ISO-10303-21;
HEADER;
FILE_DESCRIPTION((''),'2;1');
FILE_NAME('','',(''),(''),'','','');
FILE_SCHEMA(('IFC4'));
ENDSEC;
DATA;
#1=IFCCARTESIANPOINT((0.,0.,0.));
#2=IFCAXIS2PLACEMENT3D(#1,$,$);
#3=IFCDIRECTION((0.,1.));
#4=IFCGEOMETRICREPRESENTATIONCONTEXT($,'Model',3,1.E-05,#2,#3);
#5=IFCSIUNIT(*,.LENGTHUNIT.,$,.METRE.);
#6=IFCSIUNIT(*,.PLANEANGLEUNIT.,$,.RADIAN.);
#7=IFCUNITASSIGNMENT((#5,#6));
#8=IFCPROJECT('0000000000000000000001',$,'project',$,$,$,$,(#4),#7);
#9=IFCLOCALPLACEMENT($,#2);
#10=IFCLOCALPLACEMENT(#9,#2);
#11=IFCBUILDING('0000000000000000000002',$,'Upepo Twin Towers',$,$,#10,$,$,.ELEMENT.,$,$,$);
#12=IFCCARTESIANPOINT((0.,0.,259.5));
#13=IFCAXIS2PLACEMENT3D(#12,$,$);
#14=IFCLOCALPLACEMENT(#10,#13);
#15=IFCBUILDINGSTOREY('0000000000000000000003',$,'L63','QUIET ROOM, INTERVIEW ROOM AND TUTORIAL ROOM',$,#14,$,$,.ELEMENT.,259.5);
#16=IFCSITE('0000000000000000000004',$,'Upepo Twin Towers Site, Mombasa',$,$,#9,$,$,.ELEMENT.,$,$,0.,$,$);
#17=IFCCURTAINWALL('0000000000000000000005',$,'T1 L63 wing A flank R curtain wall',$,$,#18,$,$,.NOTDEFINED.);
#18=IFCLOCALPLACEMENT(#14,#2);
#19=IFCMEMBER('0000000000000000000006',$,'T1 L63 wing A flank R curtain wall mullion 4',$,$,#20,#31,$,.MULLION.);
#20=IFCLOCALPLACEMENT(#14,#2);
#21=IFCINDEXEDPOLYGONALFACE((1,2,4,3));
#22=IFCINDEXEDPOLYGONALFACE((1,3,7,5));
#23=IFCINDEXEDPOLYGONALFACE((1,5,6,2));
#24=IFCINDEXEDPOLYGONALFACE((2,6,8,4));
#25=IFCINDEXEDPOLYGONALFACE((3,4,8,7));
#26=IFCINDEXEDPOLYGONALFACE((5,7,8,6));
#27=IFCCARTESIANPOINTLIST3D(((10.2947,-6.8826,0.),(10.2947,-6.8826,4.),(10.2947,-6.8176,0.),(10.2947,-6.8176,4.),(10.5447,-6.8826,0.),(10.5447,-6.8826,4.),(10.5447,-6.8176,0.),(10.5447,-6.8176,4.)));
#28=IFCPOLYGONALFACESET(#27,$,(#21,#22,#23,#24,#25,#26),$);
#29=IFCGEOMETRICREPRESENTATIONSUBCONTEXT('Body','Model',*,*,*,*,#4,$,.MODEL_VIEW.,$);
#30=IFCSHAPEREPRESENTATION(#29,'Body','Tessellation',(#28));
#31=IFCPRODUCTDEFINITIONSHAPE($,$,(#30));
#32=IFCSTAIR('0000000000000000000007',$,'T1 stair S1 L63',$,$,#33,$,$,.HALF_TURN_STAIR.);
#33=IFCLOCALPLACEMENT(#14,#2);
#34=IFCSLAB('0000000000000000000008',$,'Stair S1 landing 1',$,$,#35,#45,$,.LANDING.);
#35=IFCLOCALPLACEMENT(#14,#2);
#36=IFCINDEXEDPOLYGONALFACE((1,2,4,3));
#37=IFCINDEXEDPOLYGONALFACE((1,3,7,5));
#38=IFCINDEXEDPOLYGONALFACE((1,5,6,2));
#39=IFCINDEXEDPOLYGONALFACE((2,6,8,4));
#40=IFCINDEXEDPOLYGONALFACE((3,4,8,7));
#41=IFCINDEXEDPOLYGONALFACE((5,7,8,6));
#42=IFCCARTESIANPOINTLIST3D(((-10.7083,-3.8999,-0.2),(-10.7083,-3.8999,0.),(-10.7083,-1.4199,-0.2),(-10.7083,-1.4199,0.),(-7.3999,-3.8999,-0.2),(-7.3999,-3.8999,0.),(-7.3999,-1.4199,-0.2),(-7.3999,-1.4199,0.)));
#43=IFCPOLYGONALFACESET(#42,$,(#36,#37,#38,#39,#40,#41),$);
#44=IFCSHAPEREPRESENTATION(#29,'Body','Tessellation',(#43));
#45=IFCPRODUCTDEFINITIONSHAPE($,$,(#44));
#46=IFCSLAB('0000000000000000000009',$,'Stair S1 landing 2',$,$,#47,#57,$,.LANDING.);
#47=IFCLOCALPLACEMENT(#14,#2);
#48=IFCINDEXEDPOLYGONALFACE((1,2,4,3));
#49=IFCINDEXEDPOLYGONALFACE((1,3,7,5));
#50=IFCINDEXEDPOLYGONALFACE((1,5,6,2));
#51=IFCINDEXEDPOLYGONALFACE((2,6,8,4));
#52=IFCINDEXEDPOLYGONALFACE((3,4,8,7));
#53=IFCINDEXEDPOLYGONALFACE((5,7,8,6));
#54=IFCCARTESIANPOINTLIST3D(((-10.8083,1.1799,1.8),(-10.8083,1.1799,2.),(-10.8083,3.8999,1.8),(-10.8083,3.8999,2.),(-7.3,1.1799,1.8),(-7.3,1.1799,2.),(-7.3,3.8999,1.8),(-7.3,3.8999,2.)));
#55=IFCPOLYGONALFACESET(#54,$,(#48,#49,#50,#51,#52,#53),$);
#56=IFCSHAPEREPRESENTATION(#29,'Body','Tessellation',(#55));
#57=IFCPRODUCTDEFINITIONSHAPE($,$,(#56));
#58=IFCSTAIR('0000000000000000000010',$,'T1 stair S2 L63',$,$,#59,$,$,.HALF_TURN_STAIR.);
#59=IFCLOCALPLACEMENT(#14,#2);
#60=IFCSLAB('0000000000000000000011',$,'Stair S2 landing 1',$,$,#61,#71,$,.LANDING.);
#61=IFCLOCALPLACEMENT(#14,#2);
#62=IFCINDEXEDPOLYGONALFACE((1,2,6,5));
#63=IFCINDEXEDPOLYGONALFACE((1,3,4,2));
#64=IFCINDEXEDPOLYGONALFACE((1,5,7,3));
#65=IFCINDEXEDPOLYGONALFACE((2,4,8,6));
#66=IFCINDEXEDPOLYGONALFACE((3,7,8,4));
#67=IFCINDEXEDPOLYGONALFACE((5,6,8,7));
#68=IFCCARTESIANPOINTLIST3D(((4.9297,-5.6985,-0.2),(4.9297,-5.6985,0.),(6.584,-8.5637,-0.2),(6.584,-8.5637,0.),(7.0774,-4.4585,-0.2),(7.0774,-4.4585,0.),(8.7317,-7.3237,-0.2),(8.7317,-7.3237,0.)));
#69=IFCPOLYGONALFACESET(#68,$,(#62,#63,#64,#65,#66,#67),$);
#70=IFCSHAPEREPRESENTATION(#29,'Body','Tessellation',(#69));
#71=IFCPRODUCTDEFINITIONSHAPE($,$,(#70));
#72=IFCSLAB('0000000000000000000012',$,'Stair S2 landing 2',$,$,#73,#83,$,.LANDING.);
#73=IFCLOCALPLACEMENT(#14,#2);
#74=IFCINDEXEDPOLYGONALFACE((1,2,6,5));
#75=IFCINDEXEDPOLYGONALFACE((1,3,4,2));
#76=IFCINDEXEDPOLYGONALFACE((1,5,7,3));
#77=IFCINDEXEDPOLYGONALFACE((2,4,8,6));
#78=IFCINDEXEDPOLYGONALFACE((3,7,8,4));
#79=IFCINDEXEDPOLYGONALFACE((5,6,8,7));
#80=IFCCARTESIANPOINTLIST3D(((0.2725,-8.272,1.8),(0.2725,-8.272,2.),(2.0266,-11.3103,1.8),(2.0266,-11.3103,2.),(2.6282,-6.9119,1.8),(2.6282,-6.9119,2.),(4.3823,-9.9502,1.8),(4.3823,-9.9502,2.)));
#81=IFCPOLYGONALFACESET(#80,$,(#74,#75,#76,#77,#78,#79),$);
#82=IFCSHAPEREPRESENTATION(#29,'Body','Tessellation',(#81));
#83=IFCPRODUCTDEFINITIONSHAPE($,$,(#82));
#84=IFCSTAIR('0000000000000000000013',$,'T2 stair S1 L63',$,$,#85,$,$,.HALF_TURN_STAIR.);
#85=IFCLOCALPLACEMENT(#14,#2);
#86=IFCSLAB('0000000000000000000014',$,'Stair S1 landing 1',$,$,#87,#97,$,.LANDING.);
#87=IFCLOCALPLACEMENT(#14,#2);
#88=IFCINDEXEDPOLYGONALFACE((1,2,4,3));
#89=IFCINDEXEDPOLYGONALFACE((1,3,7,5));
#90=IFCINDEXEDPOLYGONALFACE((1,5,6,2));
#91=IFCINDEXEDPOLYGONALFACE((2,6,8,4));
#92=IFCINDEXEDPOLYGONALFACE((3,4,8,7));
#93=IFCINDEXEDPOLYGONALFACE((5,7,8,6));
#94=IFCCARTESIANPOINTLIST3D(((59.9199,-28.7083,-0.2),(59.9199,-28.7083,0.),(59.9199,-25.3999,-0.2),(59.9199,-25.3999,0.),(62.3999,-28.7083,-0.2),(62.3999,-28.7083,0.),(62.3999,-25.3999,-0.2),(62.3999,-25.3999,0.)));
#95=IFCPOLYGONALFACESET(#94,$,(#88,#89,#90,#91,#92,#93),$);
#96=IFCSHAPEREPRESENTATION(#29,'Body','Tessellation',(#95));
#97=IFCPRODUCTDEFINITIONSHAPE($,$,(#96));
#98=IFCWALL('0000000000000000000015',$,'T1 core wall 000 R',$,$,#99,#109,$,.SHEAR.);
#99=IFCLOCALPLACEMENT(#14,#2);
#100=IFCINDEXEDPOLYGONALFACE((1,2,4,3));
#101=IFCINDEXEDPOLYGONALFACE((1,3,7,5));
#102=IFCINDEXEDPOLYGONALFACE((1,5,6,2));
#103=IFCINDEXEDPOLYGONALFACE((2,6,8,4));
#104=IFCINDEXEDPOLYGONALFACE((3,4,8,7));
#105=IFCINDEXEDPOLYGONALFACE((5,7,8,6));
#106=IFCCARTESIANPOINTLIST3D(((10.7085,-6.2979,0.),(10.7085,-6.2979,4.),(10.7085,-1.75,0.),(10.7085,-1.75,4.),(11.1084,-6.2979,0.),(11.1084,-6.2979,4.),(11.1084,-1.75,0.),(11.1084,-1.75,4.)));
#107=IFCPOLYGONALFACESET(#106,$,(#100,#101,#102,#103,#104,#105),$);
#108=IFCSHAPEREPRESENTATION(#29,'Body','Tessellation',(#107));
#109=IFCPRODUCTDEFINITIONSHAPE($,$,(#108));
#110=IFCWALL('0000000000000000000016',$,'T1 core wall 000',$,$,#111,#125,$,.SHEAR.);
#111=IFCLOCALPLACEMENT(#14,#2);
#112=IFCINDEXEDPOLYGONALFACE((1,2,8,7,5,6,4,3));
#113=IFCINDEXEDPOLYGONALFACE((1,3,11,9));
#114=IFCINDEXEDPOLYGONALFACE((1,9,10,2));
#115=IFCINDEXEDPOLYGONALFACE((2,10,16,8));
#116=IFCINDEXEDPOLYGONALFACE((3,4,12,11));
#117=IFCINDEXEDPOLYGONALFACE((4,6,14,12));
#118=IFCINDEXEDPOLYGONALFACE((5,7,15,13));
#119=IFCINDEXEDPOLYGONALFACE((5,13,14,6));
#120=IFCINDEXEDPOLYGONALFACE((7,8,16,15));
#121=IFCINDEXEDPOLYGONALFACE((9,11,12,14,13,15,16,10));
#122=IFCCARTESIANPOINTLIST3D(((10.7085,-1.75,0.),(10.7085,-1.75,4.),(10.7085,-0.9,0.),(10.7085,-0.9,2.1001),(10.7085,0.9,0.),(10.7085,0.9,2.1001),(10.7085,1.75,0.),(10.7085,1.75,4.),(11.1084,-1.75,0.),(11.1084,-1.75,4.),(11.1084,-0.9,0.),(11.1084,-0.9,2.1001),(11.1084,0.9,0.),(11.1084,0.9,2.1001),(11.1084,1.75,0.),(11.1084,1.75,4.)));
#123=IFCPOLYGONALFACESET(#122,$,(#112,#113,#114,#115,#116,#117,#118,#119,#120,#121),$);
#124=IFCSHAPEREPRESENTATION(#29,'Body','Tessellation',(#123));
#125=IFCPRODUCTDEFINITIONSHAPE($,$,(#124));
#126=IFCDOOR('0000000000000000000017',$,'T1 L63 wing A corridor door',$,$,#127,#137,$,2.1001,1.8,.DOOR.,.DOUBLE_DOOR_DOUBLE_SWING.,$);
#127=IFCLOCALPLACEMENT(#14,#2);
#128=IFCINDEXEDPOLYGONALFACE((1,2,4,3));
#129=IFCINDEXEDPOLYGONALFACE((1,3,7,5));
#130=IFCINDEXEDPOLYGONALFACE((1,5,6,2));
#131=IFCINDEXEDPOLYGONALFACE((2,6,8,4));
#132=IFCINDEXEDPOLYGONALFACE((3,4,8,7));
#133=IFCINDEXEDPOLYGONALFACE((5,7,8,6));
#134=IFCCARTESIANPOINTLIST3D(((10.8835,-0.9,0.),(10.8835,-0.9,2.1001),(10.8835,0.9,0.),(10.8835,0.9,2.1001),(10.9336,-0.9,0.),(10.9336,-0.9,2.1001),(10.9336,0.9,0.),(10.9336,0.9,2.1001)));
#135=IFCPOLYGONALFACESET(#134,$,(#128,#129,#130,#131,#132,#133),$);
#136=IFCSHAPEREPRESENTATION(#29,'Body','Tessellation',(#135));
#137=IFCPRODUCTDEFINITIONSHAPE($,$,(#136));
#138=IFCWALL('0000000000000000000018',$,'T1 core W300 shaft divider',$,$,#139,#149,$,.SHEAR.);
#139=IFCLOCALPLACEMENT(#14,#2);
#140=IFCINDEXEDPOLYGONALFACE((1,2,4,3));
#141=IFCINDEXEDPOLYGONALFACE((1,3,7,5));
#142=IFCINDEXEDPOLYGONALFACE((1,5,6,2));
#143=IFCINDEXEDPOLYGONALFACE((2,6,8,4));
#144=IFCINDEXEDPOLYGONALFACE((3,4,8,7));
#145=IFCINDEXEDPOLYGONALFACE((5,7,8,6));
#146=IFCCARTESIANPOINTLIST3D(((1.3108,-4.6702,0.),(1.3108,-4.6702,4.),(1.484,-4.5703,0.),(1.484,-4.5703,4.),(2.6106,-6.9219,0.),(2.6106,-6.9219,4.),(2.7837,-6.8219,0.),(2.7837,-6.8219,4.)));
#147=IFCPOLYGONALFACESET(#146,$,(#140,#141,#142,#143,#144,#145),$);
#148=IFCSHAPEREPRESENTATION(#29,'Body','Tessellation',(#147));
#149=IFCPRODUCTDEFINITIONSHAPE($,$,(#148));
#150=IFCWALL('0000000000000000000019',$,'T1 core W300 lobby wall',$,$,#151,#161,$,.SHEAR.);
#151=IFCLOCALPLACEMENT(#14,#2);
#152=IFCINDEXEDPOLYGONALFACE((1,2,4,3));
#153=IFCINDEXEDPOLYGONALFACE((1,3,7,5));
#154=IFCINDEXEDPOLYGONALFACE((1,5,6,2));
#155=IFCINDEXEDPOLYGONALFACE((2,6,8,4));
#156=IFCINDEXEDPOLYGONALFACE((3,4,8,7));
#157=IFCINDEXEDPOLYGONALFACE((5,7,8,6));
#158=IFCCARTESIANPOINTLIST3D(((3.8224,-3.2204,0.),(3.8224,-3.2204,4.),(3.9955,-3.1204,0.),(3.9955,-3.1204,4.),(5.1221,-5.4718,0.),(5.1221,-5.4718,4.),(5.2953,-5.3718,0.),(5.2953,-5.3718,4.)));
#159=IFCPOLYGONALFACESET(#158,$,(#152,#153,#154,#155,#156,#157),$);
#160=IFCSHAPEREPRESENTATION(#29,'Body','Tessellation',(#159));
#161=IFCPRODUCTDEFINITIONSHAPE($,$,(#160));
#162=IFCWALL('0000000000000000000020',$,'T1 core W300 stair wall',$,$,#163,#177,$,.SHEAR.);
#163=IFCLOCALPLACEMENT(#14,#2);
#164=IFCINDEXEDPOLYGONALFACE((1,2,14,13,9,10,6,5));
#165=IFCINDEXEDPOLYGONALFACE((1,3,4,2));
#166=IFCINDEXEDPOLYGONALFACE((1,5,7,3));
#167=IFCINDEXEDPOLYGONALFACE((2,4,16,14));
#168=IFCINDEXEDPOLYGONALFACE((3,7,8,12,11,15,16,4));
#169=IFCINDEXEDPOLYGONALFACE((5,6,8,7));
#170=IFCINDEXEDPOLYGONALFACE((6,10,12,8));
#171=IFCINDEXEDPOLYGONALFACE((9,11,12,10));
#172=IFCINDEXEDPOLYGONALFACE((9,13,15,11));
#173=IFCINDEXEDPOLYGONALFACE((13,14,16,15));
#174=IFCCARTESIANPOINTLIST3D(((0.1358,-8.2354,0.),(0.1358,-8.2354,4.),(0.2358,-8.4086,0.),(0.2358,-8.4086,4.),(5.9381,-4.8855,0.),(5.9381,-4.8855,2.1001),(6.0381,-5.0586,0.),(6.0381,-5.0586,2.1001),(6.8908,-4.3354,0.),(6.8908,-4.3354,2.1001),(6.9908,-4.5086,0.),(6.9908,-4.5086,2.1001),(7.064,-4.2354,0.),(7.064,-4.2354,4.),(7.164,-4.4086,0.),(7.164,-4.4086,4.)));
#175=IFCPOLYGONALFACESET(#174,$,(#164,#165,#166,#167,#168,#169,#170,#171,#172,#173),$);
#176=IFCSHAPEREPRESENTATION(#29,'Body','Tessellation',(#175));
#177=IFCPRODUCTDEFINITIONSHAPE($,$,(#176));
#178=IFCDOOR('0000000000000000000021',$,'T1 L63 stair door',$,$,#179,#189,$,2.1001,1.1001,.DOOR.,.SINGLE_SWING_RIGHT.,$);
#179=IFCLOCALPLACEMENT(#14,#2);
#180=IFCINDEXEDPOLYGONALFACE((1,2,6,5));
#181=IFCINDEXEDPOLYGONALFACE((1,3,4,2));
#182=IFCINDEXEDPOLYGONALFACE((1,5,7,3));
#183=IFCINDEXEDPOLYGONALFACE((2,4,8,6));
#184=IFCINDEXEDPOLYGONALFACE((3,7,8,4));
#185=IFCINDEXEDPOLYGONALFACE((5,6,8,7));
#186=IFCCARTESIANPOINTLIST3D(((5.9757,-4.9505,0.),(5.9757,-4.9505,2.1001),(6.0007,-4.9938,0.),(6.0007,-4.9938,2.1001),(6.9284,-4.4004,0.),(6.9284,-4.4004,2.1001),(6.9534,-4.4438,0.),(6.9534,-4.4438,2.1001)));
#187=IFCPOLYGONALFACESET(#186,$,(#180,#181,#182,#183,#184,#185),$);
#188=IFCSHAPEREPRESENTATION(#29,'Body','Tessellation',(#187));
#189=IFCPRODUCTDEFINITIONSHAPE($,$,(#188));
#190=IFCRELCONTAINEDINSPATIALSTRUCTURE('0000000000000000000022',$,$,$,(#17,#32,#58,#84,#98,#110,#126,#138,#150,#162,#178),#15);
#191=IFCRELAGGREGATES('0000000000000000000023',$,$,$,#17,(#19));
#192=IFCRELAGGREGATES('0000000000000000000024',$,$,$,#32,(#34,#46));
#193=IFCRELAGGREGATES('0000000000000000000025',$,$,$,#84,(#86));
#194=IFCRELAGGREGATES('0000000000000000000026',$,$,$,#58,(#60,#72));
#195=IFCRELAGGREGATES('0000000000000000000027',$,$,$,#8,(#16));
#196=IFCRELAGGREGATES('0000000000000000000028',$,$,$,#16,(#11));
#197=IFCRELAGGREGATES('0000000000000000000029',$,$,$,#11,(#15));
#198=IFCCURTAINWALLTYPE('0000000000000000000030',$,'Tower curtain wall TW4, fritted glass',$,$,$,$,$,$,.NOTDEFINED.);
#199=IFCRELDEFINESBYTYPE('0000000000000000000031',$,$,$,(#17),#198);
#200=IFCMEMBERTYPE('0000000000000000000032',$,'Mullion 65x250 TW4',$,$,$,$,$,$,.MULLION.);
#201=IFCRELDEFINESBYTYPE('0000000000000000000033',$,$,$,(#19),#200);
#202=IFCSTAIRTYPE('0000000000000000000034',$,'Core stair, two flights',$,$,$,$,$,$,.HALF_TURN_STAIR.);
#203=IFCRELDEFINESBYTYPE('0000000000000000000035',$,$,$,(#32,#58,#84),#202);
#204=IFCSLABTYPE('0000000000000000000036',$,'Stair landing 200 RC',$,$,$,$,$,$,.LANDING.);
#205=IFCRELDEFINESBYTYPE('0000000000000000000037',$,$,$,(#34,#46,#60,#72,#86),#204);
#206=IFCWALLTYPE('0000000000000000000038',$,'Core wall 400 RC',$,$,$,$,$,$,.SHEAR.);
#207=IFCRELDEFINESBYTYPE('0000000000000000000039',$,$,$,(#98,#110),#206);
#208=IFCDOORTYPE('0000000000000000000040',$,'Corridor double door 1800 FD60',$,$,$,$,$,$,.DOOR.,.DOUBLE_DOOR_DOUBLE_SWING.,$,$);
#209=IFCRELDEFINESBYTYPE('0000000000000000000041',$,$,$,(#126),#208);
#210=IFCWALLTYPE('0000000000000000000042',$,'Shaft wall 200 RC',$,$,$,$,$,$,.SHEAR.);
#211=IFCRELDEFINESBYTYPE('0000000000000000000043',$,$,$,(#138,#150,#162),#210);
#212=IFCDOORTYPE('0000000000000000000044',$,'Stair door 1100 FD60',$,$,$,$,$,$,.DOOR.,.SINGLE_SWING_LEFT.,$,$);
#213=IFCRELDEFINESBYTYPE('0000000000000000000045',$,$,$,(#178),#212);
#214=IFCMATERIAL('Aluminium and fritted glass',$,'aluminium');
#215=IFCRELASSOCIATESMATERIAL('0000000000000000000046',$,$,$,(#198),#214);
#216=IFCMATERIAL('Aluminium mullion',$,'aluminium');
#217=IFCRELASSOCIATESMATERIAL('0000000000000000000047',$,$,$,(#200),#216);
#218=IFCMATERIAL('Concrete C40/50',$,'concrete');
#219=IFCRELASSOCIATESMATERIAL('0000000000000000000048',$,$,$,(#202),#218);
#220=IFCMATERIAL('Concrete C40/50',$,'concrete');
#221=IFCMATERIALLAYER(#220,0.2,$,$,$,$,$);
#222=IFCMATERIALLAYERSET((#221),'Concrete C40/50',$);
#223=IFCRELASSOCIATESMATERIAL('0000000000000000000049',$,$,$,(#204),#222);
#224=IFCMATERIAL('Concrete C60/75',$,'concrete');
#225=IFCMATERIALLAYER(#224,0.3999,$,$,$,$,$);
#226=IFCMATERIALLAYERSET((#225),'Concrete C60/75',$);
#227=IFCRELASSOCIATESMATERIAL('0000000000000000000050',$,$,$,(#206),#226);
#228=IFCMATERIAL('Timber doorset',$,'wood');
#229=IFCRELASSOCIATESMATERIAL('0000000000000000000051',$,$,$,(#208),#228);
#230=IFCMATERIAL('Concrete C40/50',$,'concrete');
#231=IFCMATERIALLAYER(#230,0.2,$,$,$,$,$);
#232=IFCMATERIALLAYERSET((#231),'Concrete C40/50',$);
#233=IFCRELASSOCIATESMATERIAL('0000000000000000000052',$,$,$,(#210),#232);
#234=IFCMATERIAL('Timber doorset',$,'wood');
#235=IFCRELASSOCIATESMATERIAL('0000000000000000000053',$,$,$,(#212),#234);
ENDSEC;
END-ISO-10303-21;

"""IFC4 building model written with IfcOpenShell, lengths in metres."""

from ifc_helpers import new_model, si_unit, direction, frame, frame_2d, origin, origin_2d, place, context, subcontext, project, spatial, polyline, rectangle, outline, extrude, material, layer, layer_set, material_profile, profile_set, type_object, element, fill, aggregate, save


model = new_model("IFC4")

# Units and contexts
model_context = context("Model", 3, precision=1e-05, world=origin(), true_north=direction((0.0, 1.0)))
body_context = subcontext(model_context, "Body", "Model", "MODEL_VIEW")
ifc_project = project(units=[si_unit("LENGTHUNIT", "METRE"), si_unit("PLANEANGLEUNIT", "RADIAN")], contexts=[model_context])

# Site, building, storey
site_placement = place(None, origin())
site = spatial("IfcSite", under=ifc_project, at=site_placement, Name="Upepo Twin Towers Site, Mombasa", CompositionType="ELEMENT", RefElevation=0.0)
building_placement = place(site_placement, origin())
building = spatial("IfcBuilding", under=site, at=building_placement, Name="Upepo Twin Towers", CompositionType="ELEMENT")
storey_placement = place(building_placement, frame((0.0, 0.0, 259.5)))
storey = spatial("IfcBuildingStorey", under=building, at=storey_placement, Name="L63", Description="QUIET ROOM, INTERVIEW ROOM AND TUTORIAL ROOM", CompositionType="ELEMENT", Elevation=259.5)

# Curtain wall, member
ifc_material_1 = material(Name="Aluminium and fritted glass", Category="aluminium")
curtain_wall_type = type_object("IfcCurtainWallType", Name="Tower curtain wall TW4, fritted glass", PredefinedType="NOTDEFINED", material=ifc_material_1)
curtain_wall_placement = place(storey_placement, origin())
curtain_wall = element("IfcCurtainWall", 1, at=curtain_wall_placement, inside=storey, type_object=curtain_wall_type, Name="T1 L63 wing A flank R curtain wall", PredefinedType="NOTDEFINED")
ifc_material_2 = material(Name="Aluminium mullion", Category="aluminium")
ifc_material_profile = material_profile(ifc_material_2, rectangle(XDim=0.0649, YDim=0.25, at=origin_2d()), Name="MULLION 65x250")
ifc_profile_set = profile_set([ifc_material_profile], Name="Aluminium mullion")
member_type = type_object("IfcMemberType", Name="Mullion 65x250 TW4", PredefinedType="MULLION", material=ifc_profile_set)
member_placement = place(storey_placement, frame((10.4197, -6.8501, 0.0), z_axis=(0.0, 0.0, 1.0), x_axis=(0.0, -1.0, 0.0)))
member = element("IfcMember", 2, at=member_placement, type_object=member_type, Name="T1 L63 wing A flank R curtain wall mullion 4", PredefinedType="MULLION", context=body_context, shape_type="SweptSolid", body=[
    extrude(rectangle(XDim=0.0649, YDim=0.25, at=origin_2d()), origin(), (0.0, 0.0, 1.0), 4.0),
])
aggregate(curtain_wall, [member])

# Stairs, slabs
ifc_material_3 = material(Name="Concrete C40/50", Category="concrete")
stair_type = type_object("IfcStairType", Name="Core stair, two flights", PredefinedType="HALF_TURN_STAIR", material=ifc_material_3)
stair_1_placement = place(storey_placement, origin())
stair_1 = element("IfcStair", 3, at=stair_1_placement, inside=storey, type_object=stair_type, Name="T1 stair S1 L63", PredefinedType="HALF_TURN_STAIR")
ifc_material_4 = material(Name="Concrete C40/50", Category="concrete")
ifc_layer_1 = layer(ifc_material_4, 0.2)
ifc_layer_set_1 = layer_set([ifc_layer_1], Name="Concrete C40/50")
slab_type = type_object("IfcSlabType", Name="Stair landing 200 RC", PredefinedType="LANDING", material=ifc_layer_set_1)
slab_1_placement = place(storey_placement, frame((0.0, 0.0, -0.2)))
slab_1 = element("IfcSlab", 4, at=slab_1_placement, type_object=slab_type, Name="Stair S1 landing 1", PredefinedType="LANDING", context=body_context, shape_type="SweptSolid", body=[
    extrude(outline(polyline([(-7.3999, -1.4199), (-10.7083, -1.4199), (-10.7083, -3.8999), (-7.3999, -3.8999), (-7.3999, -1.4199)])), origin(), (0.0, 0.0, 1.0), 0.2),
])
slab_2_placement = place(storey_placement, frame((0.0, 0.0, 1.8)))
slab_2 = element("IfcSlab", 5, at=slab_2_placement, type_object=slab_type, Name="Stair S1 landing 2", PredefinedType="LANDING", context=body_context, shape_type="SweptSolid", body=[
    extrude(outline(polyline([(-7.3, 3.8999), (-10.8083, 3.8999), (-10.8083, 1.1799), (-7.3, 1.1799), (-7.3, 3.8999)])), origin(), (0.0, 0.0, 1.0), 0.2),
])
aggregate(stair_1, [slab_1, slab_2])
stair_2_placement = place(storey_placement, origin())
stair_2 = element("IfcStair", 6, at=stair_2_placement, inside=storey, type_object=stair_type, Name="T1 stair S2 L63", PredefinedType="HALF_TURN_STAIR")
slab_3_placement = place(storey_placement, frame((0.0, 0.0, -0.2)))
slab_3 = element("IfcSlab", 7, at=slab_3_placement, type_object=slab_type, Name="Stair S2 landing 1", PredefinedType="LANDING", context=body_context, shape_type="SweptSolid", body=[
    extrude(outline(polyline([(4.9297, -5.6985), (6.584, -8.5637), (8.7317, -7.3237), (7.0774, -4.4585), (4.9297, -5.6985)])), origin(), (0.0, 0.0, 1.0), 0.2),
])
slab_4_placement = place(storey_placement, frame((0.0, 0.0, 1.8)))
slab_4 = element("IfcSlab", 8, at=slab_4_placement, type_object=slab_type, Name="Stair S2 landing 2", PredefinedType="LANDING", context=body_context, shape_type="SweptSolid", body=[
    extrude(outline(polyline([(0.2725, -8.272), (2.0266, -11.3103), (4.3823, -9.9502), (2.6282, -6.9119), (0.2725, -8.272)])), origin(), (0.0, 0.0, 1.0), 0.2),
])

# Stair, slab
stair_3_placement = place(storey_placement, origin())
stair_3 = element("IfcStair", 9, at=stair_3_placement, inside=storey, type_object=stair_type, Name="T2 stair S1 L63", PredefinedType="HALF_TURN_STAIR")
slab_5_placement = place(storey_placement, frame((0.0, 0.0, -0.2)))
slab_5 = element("IfcSlab", 10, at=slab_5_placement, type_object=slab_type, Name="Stair S1 landing 1", PredefinedType="LANDING", context=body_context, shape_type="SweptSolid", body=[
    extrude(outline(polyline([(59.9199, -25.3999), (59.9199, -28.7083), (62.3999, -28.7083), (62.3999, -25.3999), (59.9199, -25.3999)])), origin(), (0.0, 0.0, 1.0), 0.2),
])
aggregate(stair_3, [slab_5])

# Wall
ifc_material_5 = material(Name="Concrete C60/75", Category="concrete")
ifc_layer_2 = layer(ifc_material_5, 0.3999)
ifc_layer_set_2 = layer_set([ifc_layer_2], Name="Concrete C60/75")
wall_type_1 = type_object("IfcWallType", Name="Core wall 400 RC", PredefinedType="SHEAR", material=ifc_layer_set_2)
wall_1_placement = place(storey_placement, frame((10.9084, -6.2979, 0.0), z_axis=(0.0, 0.0, 1.0), x_axis=(0.0, 1.0, 0.0)))
element("IfcWall", 11, at=wall_1_placement, inside=storey, type_object=wall_type_1, Name="T1 core wall 000 R", PredefinedType="SHEAR", context=body_context, shape_type="SweptSolid", body=[
    extrude(rectangle(XDim=4.5479, YDim=0.3999, at=frame_2d((2.2739, 0.0))), origin(), (0.0, 0.0, 1.0), 4.0),
])

# Wall, opening, door
wall_2_placement = place(storey_placement, frame((10.9084, -1.75, 0.0), z_axis=(0.0, 0.0, 1.0), x_axis=(0.0, 1.0, 0.0)))
wall_2 = element("IfcWall", 12, at=wall_2_placement, inside=storey, type_object=wall_type_1, Name="T1 core wall 000", PredefinedType="SHEAR", context=body_context, shape_type="SweptSolid", body=[
    extrude(rectangle(XDim=3.5, YDim=0.3999, at=frame_2d((1.75, 0.0))), origin(), (0.0, 0.0, 1.0), 4.0),
])
opening_1_placement = place(wall_2_placement, frame((0.8501, 0.0, 0.0)))
opening_1 = element("IfcOpeningElement", 13, at=opening_1_placement, cuts=wall_2, PredefinedType="OPENING", context=body_context, shape_type="SweptSolid", body=[
    extrude(rectangle(XDim=1.8, YDim=2.1001, at=frame_2d((0.8999, 1.05))), frame((0.0, 0.21, 0.0), z_axis=(0.0, -1.0, 0.0), x_axis=(1.0, 0.0, 0.0)), (0.0, 0.0, 1.0), 0.4199),
])
ifc_material_6 = material(Name="Timber doorset", Category="wood")
door_type_1 = type_object("IfcDoorType", Name="Corridor double door 1800 FD60", OperationType="DOUBLE_DOOR_DOUBLE_SWING", PredefinedType="DOOR", material=ifc_material_6)
door_1_placement = place(opening_1_placement, origin())
door_1 = element("IfcDoor", 14, at=door_1_placement, inside=storey, type_object=door_type_1, Name="T1 L63 wing A corridor door", OperationType="DOUBLE_DOOR_DOUBLE_SWING", OverallHeight=2.1001, OverallWidth=1.8, PredefinedType="DOOR", context=body_context, shape_type="SweptSolid", body=[
    extrude(rectangle(XDim=1.8, YDim=2.1001, at=frame_2d((0.8999, 1.05))), frame((0.0, 0.0249, 0.0), z_axis=(0.0, -1.0, 0.0), x_axis=(1.0, 0.0, 0.0)), (0.0, 0.0, 1.0), 0.05),
])
fill(opening_1, door_1)

# Walls
ifc_material_7 = material(Name="Concrete C40/50", Category="concrete")
ifc_layer_3 = layer(ifc_material_7, 0.2)
ifc_layer_set_3 = layer_set([ifc_layer_3], Name="Concrete C40/50")
wall_type_2 = type_object("IfcWallType", Name="Shaft wall 200 RC", PredefinedType="SHEAR", material=ifc_layer_set_3)
wall_3_placement = place(storey_placement, frame((1.3975, -4.6204, 0.0), z_axis=(0.0, 0.0, 1.0), x_axis=(0.499937, -0.866062, 0.0)))
element("IfcWall", 15, at=wall_3_placement, inside=storey, type_object=wall_type_2, Name="T1 core W300 shaft divider", PredefinedType="SHEAR", context=body_context, shape_type="SweptSolid", body=[
    extrude(rectangle(XDim=2.5999, YDim=0.2, at=frame_2d((1.2998, 0.0))), origin(), (0.0, 0.0, 1.0), 4.0),
])
wall_4_placement = place(storey_placement, frame((3.9089, -3.1704, 0.0), z_axis=(0.0, 0.0, 1.0), x_axis=(0.499977, -0.866039, 0.0)))
element("IfcWall", 16, at=wall_4_placement, inside=storey, type_object=wall_type_2, Name="T1 core W300 lobby wall", PredefinedType="SHEAR", context=body_context, shape_type="SweptSolid", body=[
    extrude(rectangle(XDim=2.5996, YDim=0.2, at=frame_2d((1.2998, 0.0))), origin(), (0.0, 0.0, 1.0), 4.0),
])

# Wall, opening, door
wall_5_placement = place(storey_placement, frame((0.1858, -8.322, 0.0), z_axis=(0.0, 0.0, 1.0), x_axis=(0.866026, 0.499999, 0.0)))
wall_5 = element("IfcWall", 17, at=wall_5_placement, inside=storey, type_object=wall_type_2, Name="T1 core W300 stair wall", PredefinedType="SHEAR", context=body_context, shape_type="SweptSolid", body=[
    extrude(rectangle(XDim=8.0, YDim=0.2, at=frame_2d((4.0, 0.0))), origin(), (0.0, 0.0, 1.0), 4.0),
])
opening_2_placement = place(wall_5_placement, frame((6.7, 0.0, 0.0)))
opening_2 = element("IfcOpeningElement", 18, at=opening_2_placement, cuts=wall_5, PredefinedType="OPENING", context=body_context, shape_type="SweptSolid", body=[
    extrude(rectangle(XDim=1.1001, YDim=2.1001, at=frame_2d((0.55, 1.05))), frame((0.0, 0.1099, 0.0), z_axis=(0.0, -1.0, 0.0), x_axis=(1.0, 0.0, 0.0)), (0.0, 0.0, 1.0), 0.22),
])
ifc_material_8 = material(Name="Timber doorset", Category="wood")
door_type_2 = type_object("IfcDoorType", Name="Stair door 1100 FD60", OperationType="SINGLE_SWING_LEFT", PredefinedType="DOOR", material=ifc_material_8)
door_2_placement = place(opening_2_placement, origin())
door_2 = element("IfcDoor", 19, at=door_2_placement, inside=storey, type_object=door_type_2, Name="T1 L63 stair door", OperationType="SINGLE_SWING_RIGHT", OverallHeight=2.1001, OverallWidth=1.1001, PredefinedType="DOOR", context=body_context, shape_type="SweptSolid", body=[
    extrude(rectangle(XDim=1.1001, YDim=2.1001, at=frame_2d((0.55, 1.05))), frame((0.0, 0.0249, 0.0), z_axis=(0.0, -1.0, 0.0), x_axis=(1.0, 0.0, 0.0)), (0.0, 0.0, 1.0), 0.05),
])
fill(opening_2, door_2)

aggregate(stair_2, [slab_3, slab_4])

save(model, "model.ifc")
